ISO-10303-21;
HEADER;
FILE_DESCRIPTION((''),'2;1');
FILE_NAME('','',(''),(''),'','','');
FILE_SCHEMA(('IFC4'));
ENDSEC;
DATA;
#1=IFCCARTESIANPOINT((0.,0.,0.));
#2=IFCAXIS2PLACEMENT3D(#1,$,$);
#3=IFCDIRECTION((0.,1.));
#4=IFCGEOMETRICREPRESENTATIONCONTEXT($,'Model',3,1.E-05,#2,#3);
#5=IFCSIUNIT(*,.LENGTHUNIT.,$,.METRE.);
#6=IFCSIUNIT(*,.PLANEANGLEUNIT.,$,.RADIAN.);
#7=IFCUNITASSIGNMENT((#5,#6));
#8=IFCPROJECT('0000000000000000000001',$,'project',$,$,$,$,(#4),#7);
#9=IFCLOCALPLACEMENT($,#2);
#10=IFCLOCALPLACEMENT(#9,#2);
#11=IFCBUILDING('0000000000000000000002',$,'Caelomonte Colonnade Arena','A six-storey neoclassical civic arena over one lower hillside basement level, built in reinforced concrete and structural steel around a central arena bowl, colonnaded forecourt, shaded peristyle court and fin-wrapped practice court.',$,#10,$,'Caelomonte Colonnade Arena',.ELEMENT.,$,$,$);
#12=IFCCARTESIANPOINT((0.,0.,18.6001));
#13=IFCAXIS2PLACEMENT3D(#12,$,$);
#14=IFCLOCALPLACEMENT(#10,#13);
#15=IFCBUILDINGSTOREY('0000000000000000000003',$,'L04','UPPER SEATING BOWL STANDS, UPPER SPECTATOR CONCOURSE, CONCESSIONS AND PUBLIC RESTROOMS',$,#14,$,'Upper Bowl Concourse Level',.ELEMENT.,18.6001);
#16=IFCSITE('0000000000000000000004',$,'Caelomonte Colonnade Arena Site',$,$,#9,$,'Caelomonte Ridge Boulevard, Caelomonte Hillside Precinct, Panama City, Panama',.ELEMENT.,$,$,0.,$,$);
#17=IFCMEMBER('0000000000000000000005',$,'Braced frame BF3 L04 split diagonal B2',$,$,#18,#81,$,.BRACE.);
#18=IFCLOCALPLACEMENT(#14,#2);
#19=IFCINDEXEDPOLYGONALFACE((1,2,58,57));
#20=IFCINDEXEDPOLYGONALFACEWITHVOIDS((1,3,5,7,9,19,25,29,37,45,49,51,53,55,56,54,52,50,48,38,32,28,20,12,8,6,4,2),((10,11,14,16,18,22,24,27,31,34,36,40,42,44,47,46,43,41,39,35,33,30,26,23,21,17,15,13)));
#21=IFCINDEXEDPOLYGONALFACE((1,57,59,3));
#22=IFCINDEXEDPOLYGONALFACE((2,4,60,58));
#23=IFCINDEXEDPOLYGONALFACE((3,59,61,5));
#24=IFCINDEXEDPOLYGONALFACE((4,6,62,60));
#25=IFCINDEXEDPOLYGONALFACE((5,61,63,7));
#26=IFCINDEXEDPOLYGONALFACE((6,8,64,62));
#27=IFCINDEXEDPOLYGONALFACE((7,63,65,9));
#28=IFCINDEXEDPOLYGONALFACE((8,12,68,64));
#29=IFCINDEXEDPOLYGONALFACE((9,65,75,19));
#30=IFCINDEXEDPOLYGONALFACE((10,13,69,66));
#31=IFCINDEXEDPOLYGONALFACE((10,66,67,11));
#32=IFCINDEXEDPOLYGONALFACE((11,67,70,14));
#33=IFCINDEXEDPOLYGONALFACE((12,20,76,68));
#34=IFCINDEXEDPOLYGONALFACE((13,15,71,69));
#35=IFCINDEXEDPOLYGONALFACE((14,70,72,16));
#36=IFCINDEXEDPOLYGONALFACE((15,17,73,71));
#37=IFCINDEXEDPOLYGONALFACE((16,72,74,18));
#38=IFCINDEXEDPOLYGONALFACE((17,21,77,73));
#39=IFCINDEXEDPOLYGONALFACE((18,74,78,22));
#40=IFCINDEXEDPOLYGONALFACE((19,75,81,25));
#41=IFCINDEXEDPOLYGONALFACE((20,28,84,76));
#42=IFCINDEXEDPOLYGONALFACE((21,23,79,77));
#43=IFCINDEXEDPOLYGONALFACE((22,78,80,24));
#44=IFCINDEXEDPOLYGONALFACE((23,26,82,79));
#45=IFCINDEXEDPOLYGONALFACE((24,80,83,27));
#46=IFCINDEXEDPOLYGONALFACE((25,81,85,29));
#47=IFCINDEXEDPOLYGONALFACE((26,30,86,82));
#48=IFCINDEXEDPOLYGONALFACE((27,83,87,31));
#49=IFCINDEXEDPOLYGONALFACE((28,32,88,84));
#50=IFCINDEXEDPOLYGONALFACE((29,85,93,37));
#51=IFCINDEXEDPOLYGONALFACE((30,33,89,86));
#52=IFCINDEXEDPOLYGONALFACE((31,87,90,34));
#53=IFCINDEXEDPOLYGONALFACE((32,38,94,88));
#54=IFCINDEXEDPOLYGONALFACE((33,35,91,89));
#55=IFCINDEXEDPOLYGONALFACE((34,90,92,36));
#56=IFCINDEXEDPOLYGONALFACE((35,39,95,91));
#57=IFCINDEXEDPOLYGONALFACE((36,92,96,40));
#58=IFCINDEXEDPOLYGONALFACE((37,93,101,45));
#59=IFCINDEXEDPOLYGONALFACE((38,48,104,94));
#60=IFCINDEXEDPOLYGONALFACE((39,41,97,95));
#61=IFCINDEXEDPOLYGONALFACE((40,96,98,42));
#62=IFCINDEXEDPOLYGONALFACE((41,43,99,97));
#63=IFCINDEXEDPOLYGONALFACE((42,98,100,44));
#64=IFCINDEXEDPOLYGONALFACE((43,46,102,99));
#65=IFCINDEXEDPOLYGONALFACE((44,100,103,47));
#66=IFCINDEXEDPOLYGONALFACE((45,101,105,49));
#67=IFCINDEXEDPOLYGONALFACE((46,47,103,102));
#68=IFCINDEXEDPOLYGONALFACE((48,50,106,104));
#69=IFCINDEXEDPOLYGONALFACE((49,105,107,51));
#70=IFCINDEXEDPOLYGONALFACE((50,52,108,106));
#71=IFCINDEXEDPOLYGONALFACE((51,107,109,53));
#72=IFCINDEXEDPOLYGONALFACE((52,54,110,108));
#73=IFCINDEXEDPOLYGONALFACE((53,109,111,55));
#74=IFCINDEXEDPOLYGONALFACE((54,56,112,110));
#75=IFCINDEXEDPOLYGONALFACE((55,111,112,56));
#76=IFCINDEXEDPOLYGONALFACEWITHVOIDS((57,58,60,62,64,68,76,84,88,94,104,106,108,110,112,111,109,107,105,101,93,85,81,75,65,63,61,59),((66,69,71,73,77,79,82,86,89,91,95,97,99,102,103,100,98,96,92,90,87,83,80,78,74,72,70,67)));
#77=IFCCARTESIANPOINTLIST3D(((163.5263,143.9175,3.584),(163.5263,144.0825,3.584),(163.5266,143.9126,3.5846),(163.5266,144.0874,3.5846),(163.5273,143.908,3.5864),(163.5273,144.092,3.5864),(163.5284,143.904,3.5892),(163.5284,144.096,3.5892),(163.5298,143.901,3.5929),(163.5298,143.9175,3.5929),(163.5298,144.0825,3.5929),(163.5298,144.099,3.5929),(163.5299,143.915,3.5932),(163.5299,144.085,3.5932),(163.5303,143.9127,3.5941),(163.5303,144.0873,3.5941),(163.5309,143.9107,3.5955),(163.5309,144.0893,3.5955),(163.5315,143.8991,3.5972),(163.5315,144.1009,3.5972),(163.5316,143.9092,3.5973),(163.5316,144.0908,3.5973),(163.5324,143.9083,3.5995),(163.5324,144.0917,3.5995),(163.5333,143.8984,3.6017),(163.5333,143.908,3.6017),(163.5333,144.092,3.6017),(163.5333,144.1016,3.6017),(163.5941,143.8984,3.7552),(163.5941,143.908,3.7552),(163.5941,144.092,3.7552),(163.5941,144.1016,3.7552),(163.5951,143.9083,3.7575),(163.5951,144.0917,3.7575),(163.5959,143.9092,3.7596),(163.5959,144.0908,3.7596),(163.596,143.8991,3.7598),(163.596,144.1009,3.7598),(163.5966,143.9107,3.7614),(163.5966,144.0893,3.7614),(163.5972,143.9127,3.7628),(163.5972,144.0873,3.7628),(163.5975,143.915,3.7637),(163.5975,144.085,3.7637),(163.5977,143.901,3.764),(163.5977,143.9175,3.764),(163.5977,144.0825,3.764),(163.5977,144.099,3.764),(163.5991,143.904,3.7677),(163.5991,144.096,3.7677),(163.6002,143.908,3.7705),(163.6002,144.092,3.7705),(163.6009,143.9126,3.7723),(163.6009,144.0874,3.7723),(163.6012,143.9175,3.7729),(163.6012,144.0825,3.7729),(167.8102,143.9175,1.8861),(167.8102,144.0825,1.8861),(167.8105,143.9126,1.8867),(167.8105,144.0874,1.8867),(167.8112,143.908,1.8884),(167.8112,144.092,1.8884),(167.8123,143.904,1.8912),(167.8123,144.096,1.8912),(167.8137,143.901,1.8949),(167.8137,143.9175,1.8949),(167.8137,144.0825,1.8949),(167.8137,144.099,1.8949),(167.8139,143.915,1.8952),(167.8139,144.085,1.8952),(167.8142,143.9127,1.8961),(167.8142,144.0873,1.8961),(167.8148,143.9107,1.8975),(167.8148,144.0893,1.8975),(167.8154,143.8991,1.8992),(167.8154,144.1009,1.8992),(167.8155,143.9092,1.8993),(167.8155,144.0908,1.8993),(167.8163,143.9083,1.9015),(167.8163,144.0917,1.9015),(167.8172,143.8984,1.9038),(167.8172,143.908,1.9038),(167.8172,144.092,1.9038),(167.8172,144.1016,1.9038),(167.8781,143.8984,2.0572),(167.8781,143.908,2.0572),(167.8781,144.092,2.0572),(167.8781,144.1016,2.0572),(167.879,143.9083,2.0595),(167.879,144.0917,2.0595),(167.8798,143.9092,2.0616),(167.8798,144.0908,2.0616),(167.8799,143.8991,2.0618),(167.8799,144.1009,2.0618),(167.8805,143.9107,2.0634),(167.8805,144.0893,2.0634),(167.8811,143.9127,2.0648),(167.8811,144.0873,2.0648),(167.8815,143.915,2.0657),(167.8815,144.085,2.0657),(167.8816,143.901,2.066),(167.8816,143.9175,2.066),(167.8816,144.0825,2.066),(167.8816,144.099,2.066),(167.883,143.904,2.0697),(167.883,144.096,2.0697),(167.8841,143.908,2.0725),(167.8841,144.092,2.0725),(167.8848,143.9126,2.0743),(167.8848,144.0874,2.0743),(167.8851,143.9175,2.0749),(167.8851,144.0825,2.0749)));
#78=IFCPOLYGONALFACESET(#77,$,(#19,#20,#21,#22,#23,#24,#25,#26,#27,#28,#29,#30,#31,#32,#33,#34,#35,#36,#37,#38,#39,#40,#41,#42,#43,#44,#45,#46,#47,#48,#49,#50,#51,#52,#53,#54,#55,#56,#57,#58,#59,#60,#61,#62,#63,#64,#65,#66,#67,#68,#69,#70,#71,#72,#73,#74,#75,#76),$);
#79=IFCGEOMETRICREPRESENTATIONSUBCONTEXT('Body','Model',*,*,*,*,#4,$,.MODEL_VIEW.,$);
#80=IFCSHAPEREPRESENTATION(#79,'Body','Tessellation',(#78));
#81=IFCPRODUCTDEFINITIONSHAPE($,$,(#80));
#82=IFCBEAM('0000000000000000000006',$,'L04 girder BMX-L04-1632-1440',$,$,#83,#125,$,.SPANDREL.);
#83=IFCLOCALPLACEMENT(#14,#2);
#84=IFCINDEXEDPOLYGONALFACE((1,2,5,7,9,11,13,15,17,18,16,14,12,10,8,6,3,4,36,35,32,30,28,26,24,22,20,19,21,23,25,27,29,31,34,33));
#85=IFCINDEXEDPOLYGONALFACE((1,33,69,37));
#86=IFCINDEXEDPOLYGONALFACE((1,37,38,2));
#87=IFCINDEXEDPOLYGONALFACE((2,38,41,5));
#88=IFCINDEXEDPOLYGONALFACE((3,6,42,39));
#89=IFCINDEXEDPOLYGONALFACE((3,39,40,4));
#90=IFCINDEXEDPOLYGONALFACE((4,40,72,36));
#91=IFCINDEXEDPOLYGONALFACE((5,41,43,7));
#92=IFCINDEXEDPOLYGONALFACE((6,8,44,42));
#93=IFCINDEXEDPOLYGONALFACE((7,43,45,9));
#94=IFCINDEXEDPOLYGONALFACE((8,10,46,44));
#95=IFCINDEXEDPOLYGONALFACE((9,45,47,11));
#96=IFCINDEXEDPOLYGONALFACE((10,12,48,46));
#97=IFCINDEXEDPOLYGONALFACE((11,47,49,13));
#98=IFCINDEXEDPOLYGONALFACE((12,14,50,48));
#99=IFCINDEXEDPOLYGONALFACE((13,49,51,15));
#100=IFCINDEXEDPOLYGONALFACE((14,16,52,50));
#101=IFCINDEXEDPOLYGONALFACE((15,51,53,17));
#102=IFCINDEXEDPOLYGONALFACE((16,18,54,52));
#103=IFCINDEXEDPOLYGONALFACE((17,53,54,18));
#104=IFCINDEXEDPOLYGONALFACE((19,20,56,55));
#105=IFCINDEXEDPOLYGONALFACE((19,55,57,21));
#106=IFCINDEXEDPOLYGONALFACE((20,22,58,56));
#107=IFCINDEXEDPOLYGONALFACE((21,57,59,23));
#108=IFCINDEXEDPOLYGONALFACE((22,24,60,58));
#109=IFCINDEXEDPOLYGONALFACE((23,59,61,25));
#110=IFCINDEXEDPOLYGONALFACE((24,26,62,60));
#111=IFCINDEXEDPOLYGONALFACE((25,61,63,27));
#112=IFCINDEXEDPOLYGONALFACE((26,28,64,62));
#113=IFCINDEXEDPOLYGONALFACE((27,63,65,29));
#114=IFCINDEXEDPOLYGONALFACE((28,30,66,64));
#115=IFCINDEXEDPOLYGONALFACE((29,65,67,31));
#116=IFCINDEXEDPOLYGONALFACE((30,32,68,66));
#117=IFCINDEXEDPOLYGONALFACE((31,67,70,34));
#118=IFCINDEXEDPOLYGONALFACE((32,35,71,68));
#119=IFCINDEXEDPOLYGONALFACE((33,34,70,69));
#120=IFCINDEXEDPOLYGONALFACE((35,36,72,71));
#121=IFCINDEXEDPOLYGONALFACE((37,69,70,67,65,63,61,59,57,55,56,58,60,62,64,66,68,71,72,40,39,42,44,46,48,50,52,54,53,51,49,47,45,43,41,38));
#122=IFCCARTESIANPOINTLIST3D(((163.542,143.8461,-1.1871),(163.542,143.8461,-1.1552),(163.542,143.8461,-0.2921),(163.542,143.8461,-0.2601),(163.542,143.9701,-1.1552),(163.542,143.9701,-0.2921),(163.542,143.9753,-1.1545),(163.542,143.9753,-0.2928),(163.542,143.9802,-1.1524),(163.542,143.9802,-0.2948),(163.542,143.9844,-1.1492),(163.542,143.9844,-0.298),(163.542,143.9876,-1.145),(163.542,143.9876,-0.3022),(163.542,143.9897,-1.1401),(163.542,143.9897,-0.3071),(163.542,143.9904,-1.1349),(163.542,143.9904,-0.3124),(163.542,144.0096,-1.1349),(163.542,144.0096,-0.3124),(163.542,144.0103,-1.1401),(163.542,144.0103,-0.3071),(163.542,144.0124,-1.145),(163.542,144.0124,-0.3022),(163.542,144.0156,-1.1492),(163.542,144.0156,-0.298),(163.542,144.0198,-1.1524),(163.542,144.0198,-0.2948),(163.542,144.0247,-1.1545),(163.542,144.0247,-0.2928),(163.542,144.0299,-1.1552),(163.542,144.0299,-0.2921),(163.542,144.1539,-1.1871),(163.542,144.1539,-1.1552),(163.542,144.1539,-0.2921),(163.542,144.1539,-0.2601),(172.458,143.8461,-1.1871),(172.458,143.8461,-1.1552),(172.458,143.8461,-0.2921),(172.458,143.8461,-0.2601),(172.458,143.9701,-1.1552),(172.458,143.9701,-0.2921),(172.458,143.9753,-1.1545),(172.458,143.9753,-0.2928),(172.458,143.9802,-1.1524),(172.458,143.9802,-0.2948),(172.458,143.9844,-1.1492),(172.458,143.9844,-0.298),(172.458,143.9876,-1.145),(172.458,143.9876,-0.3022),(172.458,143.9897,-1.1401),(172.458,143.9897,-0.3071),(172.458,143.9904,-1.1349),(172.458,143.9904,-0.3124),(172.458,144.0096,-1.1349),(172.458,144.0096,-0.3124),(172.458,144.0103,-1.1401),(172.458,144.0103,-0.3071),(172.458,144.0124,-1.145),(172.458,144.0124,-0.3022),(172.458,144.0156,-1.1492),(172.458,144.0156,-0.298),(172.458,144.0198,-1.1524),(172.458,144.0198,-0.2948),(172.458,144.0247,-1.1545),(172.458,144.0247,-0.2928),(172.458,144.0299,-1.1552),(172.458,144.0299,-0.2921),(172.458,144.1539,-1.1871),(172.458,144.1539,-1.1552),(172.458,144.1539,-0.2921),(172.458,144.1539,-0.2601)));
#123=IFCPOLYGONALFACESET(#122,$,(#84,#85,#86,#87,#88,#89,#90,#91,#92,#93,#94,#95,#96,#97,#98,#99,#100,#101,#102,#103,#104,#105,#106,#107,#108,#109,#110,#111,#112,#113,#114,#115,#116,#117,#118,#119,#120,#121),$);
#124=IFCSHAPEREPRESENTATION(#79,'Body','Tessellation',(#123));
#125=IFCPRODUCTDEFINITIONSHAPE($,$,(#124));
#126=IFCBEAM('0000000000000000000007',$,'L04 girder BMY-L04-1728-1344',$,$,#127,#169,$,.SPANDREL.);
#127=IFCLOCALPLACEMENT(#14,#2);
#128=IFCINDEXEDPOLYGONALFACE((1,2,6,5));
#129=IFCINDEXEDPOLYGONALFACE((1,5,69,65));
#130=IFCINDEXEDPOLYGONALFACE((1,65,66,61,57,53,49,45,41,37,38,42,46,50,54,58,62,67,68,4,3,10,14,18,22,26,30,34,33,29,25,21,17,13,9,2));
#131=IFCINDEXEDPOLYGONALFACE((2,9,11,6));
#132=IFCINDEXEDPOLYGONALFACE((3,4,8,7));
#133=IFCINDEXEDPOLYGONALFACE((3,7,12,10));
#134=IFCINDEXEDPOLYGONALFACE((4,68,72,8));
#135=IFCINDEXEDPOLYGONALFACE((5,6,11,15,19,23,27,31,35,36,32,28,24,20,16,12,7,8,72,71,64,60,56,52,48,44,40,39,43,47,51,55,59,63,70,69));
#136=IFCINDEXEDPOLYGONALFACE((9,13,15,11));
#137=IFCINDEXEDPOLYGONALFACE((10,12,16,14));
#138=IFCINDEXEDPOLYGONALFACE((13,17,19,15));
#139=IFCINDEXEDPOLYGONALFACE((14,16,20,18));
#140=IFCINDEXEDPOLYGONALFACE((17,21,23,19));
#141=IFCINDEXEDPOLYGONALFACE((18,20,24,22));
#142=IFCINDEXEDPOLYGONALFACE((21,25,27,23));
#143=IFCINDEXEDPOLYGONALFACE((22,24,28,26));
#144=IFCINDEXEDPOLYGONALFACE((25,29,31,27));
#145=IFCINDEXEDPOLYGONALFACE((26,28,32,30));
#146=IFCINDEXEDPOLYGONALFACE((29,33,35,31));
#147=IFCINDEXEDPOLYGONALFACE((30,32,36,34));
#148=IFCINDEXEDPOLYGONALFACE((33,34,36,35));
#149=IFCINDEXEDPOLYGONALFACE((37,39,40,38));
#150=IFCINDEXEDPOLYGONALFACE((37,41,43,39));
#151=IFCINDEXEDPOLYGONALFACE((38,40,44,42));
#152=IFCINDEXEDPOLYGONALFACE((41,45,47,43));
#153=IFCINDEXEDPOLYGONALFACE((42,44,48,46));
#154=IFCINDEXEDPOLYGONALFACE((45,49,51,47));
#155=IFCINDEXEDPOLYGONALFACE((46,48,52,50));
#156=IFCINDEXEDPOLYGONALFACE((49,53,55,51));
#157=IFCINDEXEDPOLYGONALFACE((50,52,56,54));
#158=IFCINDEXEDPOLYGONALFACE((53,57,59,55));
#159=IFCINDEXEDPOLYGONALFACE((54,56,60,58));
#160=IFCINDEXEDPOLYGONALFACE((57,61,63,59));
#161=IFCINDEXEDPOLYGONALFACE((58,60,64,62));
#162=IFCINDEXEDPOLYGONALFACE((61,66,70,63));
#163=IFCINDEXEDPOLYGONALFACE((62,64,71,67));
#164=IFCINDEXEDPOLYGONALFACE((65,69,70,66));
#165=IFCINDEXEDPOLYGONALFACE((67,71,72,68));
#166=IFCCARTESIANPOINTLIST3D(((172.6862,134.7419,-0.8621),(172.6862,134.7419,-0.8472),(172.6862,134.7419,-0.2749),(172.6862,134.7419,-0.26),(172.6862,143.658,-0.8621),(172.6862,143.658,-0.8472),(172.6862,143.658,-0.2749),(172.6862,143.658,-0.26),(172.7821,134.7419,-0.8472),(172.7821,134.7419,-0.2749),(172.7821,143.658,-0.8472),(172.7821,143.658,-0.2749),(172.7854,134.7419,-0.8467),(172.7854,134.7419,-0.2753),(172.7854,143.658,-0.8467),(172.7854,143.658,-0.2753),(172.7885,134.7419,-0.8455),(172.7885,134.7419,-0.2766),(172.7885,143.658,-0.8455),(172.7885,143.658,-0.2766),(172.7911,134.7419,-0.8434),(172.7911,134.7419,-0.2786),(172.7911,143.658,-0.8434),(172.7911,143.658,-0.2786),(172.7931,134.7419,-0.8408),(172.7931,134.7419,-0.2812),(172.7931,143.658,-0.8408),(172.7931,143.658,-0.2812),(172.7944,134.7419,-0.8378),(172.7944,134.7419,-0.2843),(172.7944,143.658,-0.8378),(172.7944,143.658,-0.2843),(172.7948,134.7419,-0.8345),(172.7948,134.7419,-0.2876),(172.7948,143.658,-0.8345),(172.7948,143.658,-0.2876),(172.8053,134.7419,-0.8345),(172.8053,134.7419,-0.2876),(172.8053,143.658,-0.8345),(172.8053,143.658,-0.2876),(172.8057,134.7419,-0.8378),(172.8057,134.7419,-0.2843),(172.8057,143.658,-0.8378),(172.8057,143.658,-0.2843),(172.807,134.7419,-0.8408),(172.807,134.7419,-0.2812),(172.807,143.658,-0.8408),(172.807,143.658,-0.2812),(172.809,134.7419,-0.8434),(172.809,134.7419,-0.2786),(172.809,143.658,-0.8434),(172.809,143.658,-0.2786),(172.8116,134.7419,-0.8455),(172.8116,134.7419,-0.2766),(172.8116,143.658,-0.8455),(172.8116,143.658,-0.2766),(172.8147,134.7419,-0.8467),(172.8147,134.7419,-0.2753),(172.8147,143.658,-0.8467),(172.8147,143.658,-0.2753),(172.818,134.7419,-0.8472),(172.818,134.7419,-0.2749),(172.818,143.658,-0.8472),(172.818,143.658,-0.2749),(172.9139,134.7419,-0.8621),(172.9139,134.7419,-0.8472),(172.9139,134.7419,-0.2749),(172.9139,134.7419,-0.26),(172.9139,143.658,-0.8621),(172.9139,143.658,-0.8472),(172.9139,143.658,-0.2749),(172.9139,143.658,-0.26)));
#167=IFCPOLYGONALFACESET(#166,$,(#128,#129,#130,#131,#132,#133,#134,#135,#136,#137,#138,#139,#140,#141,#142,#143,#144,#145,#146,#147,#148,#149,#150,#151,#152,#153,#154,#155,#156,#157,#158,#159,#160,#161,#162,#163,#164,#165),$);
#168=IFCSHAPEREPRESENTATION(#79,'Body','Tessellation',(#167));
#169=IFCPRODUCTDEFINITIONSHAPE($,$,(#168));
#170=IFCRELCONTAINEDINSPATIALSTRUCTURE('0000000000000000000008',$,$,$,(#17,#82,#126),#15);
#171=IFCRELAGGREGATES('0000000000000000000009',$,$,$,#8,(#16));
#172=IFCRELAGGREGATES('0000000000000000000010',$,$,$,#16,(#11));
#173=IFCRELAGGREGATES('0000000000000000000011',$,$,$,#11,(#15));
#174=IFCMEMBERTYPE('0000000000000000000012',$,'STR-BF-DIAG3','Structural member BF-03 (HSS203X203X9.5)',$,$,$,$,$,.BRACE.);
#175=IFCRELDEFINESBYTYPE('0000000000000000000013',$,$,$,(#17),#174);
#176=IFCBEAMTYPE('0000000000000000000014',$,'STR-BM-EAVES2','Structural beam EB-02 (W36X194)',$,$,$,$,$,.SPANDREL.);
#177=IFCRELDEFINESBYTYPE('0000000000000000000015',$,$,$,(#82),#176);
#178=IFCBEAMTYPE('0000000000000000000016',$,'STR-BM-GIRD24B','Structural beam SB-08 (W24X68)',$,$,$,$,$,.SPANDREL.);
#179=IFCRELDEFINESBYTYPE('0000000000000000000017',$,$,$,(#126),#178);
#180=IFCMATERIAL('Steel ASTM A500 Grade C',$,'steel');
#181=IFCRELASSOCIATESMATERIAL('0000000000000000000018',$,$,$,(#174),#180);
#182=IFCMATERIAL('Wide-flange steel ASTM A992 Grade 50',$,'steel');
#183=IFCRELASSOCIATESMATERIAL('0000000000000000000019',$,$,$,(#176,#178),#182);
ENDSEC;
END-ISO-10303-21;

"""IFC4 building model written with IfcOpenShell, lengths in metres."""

from ifc_helpers import new_model, si_unit, direction, frame, origin, origin_2d, place, context, subcontext, project, spatial, hollow_rectangle, i_section, extrude, material, material_profile, profile_set, type_object, element, save


model = new_model("IFC4")

# Units and contexts
model_context = context("Model", 3, precision=1e-05, world=origin(), true_north=direction((0.0, 1.0)))
body_context = subcontext(model_context, "Body", "Model", "MODEL_VIEW")
ifc_project = project(units=[si_unit("LENGTHUNIT", "METRE"), si_unit("PLANEANGLEUNIT", "RADIAN")], contexts=[model_context])

# Site, building, storey
site_placement = place(None, origin())
site = spatial("IfcSite", under=ifc_project, at=site_placement, Name="Caelomonte Colonnade Arena Site", LongName="Caelomonte Ridge Boulevard, Caelomonte Hillside Precinct, Panama City, Panama", CompositionType="ELEMENT", RefElevation=0.0)
building_placement = place(site_placement, origin())
building = spatial("IfcBuilding", under=site, at=building_placement, Name="Caelomonte Colonnade Arena", Description="A six-storey neoclassical civic arena over one lower hillside basement level, built in reinforced concrete and structural steel around a central arena bowl, colonnaded forecourt, shaded peristyle court and fin-wrapped practice court.", LongName="Caelomonte Colonnade Arena", CompositionType="ELEMENT")
storey_placement = place(building_placement, frame((0.0, 0.0, 18.6001)))
storey = spatial("IfcBuildingStorey", under=building, at=storey_placement, Name="L04", Description="UPPER SEATING BOWL STANDS, UPPER SPECTATOR CONCOURSE, CONCESSIONS AND PUBLIC RESTROOMS", LongName="Upper Bowl Concourse Level", CompositionType="ELEMENT", Elevation=18.6001)

# Shared definitions
ifc_material_1 = material(Name="Wide-flange steel ASTM A992 Grade 50", Category="steel")

# Member
ifc_material_2 = material(Name="Steel ASTM A500 Grade C", Category="steel")
ifc_material_profile_1 = material_profile(ifc_material_2, hollow_rectangle(XDim=0.2031, YDim=0.2031, WallThickness=0.0095, InnerFilletRadius=0.0095, OuterFilletRadius=0.019, at=origin_2d()), Name="HSS203X203X9.5")
ifc_profile_set_1 = profile_set([ifc_material_profile_1], Name="Steel ASTM A500 Grade C")
member_type = type_object("IfcMemberType", Name="STR-BF-DIAG3", Description="Structural member BF-03 (HSS203X203X9.5)", PredefinedType="BRACE", material=ifc_profile_set_1)
for number, where, z_axis, x_axis, name in (
    (1, (167.8477, 144.0, 1.9805), (-0.929638, 0.0, 0.368475), (0.0, -1.0, 0.0), "Braced frame BF3 L04 split diagonal B2"),
):
    element("IfcMember", number, at=place(storey_placement, frame(where, z_axis=z_axis, x_axis=x_axis)), inside=storey, type_object=member_type, Name=name, PredefinedType="BRACE", context=body_context, shape_type="SweptSolid", body=[
        extrude(hollow_rectangle(XDim=0.2031, YDim=0.2031, WallThickness=0.0095, InnerFilletRadius=0.0095, OuterFilletRadius=0.019, at=origin_2d()), origin(), (0.0, 0.0, 1.0), 4.6082),
    ])

# Beams
ifc_material_profile_2 = material_profile(ifc_material_1, i_section(OverallWidth=0.3079, OverallDepth=0.927, WebThickness=0.0193, FlangeThickness=0.032, FilletRadius=0.0203, at=origin_2d()), Name="W36X194")
ifc_profile_set_2 = profile_set([ifc_material_profile_2], Name="Wide-flange steel ASTM A992 Grade 50")
beam_type_1 = type_object("IfcBeamType", Name="STR-BM-EAVES2", Description="Structural beam EB-02 (W36X194)", PredefinedType="SPANDREL", material=ifc_profile_set_2)
beam_1_placement = place(storey_placement, frame((163.542, 144.0, -0.7236), z_axis=(1.0, 0.0, 0.0), x_axis=(0.0, 1.0, 0.0)))
element("IfcBeam", 2, at=beam_1_placement, inside=storey, type_object=beam_type_1, Name="L04 girder BMX-L04-1632-1440", PredefinedType="SPANDREL", context=body_context, shape_type="SweptSolid", body=[
    extrude(i_section(OverallWidth=0.3079, OverallDepth=0.927, WebThickness=0.0193, FlangeThickness=0.032, FilletRadius=0.0203, at=origin_2d()), origin(), (0.0, 0.0, 1.0), 8.916),
])
ifc_material_profile_3 = material_profile(ifc_material_1, i_section(OverallWidth=0.2278, OverallDepth=0.6021, WebThickness=0.0105, FlangeThickness=0.0149, FilletRadius=0.0127, at=origin_2d()), Name="W24X68")
ifc_profile_set_3 = profile_set([ifc_material_profile_3], Name="Wide-flange steel ASTM A992 Grade 50")
beam_type_2 = type_object("IfcBeamType", Name="STR-BM-GIRD24B", Description="Structural beam SB-08 (W24X68)", PredefinedType="SPANDREL", material=ifc_profile_set_3)
beam_2_placement = place(storey_placement, frame((172.8, 134.7419, -0.561), z_axis=(0.0, 1.0, 0.0), x_axis=(-1.0, 0.0, 0.0)))
element("IfcBeam", 3, at=beam_2_placement, inside=storey, type_object=beam_type_2, Name="L04 girder BMY-L04-1728-1344", PredefinedType="SPANDREL", context=body_context, shape_type="SweptSolid", body=[
    extrude(i_section(OverallWidth=0.2278, OverallDepth=0.6021, WebThickness=0.0105, FlangeThickness=0.0149, FilletRadius=0.0127, at=origin_2d()), origin(), (0.0, 0.0, 1.0), 8.916),
])

save(model, "model.ifc")
